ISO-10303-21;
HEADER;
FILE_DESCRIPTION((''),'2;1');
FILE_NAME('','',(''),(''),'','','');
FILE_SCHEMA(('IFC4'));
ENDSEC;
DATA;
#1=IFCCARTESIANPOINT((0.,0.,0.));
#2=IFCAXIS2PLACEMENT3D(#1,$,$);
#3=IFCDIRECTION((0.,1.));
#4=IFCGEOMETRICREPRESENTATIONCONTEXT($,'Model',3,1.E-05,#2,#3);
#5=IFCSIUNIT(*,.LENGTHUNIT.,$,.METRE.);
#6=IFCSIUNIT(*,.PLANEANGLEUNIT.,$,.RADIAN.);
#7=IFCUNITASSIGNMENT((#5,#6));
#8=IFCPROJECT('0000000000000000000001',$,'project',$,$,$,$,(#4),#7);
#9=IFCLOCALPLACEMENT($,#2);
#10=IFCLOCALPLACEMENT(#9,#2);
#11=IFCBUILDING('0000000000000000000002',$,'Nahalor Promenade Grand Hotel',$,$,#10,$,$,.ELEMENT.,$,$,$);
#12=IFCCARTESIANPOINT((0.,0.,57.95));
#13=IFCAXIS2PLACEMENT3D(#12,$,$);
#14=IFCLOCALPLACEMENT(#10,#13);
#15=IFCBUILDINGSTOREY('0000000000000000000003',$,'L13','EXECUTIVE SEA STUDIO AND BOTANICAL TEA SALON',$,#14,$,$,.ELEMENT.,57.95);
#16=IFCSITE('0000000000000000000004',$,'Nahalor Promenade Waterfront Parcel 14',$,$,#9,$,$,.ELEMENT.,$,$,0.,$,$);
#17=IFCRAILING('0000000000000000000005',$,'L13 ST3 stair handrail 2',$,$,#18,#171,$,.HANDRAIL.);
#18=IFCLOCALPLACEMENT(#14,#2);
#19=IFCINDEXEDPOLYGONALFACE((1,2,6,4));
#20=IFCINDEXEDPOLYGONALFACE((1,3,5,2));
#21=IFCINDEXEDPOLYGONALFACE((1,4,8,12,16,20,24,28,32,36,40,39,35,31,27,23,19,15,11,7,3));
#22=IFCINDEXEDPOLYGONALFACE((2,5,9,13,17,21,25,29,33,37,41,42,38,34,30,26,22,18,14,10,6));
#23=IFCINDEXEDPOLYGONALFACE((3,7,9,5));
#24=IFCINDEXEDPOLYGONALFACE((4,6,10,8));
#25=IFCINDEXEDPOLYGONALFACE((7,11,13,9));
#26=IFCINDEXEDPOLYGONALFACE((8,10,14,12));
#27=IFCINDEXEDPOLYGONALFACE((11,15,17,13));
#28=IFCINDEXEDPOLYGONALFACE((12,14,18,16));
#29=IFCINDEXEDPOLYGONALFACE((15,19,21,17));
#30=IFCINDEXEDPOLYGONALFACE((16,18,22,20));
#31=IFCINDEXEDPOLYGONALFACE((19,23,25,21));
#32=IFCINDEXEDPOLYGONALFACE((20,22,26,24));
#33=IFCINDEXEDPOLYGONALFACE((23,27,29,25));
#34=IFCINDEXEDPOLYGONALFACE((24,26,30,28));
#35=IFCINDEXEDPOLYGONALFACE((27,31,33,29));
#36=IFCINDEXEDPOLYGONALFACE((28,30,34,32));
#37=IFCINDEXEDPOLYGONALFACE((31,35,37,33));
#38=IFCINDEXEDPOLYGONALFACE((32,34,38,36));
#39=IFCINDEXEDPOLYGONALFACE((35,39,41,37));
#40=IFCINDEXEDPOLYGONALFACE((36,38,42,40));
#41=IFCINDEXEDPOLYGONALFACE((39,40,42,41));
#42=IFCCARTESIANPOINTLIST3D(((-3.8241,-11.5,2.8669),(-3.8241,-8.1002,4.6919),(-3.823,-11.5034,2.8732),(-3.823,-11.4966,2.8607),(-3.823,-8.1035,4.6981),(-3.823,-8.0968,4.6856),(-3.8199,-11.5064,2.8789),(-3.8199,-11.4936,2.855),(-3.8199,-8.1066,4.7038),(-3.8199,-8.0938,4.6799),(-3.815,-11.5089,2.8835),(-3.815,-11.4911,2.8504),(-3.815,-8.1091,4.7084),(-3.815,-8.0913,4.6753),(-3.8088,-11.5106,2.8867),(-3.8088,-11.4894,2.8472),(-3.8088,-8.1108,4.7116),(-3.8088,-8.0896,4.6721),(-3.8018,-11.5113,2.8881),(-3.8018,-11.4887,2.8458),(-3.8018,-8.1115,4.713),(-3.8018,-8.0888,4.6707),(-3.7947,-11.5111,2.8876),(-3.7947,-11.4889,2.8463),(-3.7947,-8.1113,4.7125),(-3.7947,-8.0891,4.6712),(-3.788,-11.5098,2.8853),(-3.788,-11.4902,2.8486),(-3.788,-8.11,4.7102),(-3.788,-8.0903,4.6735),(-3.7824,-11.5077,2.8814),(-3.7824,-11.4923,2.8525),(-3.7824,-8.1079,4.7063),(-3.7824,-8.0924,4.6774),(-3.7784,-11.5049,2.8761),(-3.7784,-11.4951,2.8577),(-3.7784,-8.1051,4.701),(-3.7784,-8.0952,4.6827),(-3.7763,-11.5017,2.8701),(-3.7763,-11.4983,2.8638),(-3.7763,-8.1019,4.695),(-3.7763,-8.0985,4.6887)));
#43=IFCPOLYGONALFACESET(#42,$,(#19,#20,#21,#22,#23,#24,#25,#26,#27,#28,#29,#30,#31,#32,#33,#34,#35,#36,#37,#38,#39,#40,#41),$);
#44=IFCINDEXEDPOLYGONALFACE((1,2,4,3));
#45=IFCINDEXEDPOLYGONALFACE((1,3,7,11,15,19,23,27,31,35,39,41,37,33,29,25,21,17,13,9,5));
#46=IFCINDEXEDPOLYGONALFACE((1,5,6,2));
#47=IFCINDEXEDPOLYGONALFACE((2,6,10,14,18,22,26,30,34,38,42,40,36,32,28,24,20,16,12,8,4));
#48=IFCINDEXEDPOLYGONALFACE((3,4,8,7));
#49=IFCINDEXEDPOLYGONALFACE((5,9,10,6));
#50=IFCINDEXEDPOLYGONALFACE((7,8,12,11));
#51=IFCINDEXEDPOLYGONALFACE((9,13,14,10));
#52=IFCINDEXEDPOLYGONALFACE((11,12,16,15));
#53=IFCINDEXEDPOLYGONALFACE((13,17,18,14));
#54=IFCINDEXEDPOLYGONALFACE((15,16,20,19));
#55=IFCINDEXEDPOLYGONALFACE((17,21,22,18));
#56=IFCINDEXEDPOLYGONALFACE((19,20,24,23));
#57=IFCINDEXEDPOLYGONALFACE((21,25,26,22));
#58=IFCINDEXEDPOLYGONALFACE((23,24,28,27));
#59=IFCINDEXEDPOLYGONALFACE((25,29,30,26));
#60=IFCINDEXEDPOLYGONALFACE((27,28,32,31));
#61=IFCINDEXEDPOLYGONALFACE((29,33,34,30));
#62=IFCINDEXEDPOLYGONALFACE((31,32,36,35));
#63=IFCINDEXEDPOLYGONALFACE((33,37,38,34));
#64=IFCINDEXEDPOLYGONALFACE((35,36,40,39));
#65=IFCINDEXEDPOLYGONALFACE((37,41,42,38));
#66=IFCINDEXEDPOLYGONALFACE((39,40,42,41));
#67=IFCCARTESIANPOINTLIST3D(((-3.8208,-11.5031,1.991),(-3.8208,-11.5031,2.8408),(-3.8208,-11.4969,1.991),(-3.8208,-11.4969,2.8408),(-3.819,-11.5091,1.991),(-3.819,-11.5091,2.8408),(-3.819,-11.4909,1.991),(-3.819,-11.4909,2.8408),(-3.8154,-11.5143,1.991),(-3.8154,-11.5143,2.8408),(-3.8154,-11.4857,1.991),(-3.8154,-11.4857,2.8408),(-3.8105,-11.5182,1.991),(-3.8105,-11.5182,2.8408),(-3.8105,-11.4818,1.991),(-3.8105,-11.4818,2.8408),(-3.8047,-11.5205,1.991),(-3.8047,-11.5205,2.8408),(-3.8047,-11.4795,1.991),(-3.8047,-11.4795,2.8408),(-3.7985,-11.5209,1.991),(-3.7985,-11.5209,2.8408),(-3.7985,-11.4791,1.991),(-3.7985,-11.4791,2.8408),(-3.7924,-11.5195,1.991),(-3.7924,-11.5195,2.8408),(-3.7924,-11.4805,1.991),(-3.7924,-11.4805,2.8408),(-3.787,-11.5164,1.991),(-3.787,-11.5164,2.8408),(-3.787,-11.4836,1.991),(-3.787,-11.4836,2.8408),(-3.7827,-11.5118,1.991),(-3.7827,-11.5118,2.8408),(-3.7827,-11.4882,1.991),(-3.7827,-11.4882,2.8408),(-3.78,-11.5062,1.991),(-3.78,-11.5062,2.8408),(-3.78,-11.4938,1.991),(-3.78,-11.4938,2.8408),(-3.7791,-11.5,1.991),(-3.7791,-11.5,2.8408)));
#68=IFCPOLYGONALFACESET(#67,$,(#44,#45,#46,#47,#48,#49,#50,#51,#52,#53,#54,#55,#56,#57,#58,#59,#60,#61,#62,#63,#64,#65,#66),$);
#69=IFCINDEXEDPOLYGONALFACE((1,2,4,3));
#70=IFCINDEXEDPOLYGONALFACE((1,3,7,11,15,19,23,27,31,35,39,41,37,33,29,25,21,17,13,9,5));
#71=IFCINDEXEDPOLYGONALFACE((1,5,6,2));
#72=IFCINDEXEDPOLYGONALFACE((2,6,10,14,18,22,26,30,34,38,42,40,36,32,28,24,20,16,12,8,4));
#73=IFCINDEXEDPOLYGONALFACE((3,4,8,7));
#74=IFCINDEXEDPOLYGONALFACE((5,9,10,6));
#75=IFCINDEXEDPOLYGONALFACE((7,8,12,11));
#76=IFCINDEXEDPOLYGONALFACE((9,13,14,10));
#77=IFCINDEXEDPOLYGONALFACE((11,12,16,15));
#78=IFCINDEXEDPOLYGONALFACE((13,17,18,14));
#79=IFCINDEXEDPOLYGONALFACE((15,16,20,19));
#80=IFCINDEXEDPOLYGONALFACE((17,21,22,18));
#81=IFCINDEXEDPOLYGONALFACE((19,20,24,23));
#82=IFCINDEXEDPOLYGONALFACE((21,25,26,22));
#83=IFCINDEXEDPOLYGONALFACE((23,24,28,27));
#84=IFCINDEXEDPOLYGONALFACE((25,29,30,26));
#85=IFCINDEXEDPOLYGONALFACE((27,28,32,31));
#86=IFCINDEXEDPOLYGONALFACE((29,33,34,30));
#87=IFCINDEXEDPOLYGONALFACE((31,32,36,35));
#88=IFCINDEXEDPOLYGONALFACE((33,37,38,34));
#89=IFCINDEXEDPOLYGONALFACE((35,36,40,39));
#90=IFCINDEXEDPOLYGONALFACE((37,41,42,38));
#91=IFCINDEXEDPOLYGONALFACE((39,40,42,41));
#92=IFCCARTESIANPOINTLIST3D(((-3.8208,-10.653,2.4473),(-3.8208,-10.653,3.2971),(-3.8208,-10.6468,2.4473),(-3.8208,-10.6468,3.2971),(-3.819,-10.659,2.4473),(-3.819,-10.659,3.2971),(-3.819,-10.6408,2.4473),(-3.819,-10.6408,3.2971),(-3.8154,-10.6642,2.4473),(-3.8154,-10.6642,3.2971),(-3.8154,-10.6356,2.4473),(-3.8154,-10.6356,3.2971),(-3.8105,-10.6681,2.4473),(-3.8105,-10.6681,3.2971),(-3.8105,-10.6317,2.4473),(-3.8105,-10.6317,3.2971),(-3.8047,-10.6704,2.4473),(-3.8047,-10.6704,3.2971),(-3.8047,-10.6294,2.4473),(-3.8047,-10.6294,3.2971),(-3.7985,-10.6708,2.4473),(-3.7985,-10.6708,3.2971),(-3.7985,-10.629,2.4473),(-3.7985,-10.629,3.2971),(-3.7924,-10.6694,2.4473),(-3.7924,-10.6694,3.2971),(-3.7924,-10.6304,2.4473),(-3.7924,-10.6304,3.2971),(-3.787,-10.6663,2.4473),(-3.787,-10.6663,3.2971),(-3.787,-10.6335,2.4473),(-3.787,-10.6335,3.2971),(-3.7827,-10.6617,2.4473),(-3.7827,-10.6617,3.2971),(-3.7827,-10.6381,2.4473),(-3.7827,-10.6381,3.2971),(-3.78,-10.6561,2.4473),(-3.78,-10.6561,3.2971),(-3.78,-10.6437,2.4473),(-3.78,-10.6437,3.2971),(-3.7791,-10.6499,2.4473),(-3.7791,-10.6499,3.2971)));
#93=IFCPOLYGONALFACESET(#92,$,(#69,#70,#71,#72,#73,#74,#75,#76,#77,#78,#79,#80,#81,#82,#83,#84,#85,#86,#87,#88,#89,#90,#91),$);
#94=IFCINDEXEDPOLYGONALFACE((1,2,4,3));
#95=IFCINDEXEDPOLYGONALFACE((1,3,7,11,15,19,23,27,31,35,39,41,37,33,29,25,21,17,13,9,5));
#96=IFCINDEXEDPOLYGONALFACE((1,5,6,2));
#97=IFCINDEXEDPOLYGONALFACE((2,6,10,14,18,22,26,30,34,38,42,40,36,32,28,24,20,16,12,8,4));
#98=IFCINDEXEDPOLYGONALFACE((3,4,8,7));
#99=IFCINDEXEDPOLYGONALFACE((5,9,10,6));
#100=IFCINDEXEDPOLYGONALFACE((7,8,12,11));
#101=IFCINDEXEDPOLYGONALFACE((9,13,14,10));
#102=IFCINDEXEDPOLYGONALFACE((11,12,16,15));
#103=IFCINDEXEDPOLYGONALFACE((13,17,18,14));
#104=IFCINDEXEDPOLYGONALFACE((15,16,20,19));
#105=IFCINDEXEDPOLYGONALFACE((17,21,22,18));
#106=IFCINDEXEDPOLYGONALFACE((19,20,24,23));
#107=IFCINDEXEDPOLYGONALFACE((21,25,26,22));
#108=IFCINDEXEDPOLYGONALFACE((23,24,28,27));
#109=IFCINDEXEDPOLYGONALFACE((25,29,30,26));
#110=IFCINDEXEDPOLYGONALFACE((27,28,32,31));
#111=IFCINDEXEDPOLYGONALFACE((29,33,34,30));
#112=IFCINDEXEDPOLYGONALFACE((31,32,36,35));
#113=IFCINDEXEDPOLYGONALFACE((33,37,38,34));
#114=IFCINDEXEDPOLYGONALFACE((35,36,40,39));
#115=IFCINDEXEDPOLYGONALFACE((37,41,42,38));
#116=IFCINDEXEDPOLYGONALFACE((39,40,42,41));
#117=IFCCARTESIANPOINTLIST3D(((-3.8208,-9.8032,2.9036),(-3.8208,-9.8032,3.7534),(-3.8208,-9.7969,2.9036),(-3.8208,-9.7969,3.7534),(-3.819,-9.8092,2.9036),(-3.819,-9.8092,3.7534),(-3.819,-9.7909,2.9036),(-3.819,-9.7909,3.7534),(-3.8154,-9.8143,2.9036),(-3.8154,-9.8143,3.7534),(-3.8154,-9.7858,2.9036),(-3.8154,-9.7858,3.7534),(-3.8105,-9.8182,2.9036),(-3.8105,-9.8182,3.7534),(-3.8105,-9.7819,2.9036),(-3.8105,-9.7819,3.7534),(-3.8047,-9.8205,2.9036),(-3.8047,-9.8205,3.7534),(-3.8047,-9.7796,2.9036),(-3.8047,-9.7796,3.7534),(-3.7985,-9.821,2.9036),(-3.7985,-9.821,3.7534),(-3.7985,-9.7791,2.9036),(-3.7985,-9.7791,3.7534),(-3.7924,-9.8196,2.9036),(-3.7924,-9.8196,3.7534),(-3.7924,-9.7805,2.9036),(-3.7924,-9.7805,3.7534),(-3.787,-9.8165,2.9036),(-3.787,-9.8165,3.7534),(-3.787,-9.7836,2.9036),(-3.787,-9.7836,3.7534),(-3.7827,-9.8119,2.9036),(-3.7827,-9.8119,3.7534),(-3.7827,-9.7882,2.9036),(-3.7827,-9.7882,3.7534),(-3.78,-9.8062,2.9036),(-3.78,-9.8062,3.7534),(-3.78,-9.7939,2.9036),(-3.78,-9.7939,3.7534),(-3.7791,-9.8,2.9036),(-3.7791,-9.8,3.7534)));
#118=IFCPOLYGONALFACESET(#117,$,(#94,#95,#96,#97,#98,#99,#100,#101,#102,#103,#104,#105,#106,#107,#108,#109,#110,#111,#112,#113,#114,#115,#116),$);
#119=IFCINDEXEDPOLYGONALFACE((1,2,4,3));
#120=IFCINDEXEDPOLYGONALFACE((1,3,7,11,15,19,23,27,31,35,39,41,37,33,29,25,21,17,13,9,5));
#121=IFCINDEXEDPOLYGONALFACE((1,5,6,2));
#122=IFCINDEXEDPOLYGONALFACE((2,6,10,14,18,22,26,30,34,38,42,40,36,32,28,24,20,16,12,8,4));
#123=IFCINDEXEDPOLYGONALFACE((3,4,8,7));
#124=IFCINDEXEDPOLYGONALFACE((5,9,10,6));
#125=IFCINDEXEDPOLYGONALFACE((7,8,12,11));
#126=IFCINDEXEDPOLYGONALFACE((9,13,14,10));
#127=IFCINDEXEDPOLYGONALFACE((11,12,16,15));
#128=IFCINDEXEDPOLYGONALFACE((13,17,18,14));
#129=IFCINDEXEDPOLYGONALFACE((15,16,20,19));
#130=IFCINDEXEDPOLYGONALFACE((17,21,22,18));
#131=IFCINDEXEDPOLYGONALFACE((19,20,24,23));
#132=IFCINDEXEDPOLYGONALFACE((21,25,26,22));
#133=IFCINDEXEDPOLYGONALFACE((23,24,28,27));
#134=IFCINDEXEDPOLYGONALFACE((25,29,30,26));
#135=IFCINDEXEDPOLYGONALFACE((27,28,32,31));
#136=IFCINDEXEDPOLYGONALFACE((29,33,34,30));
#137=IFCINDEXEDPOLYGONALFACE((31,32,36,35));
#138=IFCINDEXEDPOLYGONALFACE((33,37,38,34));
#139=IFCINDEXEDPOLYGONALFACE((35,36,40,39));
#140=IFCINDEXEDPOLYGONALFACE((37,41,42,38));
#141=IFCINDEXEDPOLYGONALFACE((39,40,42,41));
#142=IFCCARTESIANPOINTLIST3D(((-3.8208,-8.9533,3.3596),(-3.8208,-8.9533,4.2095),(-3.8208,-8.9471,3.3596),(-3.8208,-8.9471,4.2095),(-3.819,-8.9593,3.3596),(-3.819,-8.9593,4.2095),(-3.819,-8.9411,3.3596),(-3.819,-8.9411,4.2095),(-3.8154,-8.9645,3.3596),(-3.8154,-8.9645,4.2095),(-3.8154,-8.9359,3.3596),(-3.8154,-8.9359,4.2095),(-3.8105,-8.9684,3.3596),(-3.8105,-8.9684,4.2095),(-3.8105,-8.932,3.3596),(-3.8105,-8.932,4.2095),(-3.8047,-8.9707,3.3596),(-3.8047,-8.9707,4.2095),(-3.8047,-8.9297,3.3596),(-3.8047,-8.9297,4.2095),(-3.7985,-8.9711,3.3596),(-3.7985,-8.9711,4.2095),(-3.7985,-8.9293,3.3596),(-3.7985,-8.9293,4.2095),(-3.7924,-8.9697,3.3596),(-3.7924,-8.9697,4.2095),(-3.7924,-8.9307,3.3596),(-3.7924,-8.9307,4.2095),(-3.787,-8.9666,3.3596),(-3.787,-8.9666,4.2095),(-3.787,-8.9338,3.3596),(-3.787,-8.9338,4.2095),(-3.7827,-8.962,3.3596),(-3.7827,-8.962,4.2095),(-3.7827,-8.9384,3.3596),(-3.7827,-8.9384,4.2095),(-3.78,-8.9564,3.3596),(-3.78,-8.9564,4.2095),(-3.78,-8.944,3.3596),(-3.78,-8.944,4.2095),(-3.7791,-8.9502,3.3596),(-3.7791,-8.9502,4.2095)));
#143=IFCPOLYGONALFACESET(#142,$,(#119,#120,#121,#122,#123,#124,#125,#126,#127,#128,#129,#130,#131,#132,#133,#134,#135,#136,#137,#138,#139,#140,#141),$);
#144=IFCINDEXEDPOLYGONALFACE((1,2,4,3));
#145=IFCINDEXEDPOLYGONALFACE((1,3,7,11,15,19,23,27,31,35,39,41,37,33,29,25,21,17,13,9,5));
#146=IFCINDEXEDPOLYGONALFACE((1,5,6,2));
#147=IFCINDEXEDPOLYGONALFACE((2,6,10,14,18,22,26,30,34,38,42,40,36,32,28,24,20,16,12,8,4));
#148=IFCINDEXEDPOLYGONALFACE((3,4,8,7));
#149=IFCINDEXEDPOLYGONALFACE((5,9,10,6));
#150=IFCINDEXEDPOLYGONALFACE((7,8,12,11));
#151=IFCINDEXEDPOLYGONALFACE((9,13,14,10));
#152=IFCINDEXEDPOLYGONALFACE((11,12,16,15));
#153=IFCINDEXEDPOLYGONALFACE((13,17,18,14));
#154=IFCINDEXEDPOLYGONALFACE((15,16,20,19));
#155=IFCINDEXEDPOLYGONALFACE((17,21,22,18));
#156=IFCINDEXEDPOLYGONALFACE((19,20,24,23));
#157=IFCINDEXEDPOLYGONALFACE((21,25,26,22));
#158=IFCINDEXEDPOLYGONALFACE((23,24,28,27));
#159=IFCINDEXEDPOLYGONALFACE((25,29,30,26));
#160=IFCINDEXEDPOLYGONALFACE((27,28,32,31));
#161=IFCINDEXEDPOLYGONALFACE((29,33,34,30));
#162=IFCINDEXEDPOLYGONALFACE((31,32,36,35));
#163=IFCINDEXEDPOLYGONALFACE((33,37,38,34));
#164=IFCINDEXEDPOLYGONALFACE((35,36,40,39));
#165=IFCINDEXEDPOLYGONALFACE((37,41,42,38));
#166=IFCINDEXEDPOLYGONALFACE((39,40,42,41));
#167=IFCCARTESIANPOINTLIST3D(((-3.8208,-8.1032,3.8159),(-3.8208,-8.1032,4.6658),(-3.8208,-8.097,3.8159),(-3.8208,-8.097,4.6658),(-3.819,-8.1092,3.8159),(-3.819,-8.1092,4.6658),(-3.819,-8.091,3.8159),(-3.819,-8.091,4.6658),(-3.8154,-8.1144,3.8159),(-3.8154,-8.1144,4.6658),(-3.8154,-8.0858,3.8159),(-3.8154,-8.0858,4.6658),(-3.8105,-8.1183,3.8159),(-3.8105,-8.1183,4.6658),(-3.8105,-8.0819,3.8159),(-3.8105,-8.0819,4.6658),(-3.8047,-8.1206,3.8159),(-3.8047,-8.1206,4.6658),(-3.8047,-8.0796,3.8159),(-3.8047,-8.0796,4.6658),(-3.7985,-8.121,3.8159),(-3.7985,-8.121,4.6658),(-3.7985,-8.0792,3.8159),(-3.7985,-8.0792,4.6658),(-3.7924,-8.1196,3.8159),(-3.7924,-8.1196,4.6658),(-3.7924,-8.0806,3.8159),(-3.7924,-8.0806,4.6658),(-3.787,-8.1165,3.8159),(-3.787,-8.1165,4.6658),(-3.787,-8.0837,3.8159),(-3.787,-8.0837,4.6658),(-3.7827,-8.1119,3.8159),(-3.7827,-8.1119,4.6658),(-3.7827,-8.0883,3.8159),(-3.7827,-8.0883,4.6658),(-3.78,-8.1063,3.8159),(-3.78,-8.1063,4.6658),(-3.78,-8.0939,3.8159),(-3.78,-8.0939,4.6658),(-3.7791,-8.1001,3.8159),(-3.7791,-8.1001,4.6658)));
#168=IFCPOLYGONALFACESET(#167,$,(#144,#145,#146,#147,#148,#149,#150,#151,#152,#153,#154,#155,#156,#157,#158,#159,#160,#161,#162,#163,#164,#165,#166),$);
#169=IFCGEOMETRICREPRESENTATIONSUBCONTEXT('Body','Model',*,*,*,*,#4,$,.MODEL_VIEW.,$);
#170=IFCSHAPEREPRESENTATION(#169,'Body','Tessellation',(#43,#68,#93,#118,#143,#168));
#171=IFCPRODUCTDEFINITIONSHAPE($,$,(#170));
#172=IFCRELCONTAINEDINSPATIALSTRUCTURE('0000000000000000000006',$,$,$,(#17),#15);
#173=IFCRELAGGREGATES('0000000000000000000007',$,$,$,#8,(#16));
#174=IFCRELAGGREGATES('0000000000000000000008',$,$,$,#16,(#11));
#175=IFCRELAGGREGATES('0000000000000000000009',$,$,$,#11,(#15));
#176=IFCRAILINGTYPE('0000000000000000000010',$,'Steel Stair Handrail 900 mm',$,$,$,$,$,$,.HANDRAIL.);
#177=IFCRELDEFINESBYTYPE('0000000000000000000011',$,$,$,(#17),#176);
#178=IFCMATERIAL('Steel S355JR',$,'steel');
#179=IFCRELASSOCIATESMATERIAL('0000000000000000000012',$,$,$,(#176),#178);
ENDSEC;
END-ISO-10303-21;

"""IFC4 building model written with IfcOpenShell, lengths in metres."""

from ifc_helpers import new_model, si_unit, direction, frame, origin, origin_2d, place, context, subcontext, project, spatial, circle, extrude, material, type_object, element, save


model = new_model("IFC4")

# Units and contexts
model_context = context("Model", 3, precision=1e-05, world=origin(), true_north=direction((0.0, 1.0)))
body_context = subcontext(model_context, "Body", "Model", "MODEL_VIEW")
ifc_project = project(units=[si_unit("LENGTHUNIT", "METRE"), si_unit("PLANEANGLEUNIT", "RADIAN")], contexts=[model_context])

# Site, building, storey
site_placement = place(None, origin())
site = spatial("IfcSite", under=ifc_project, at=site_placement, Name="Nahalor Promenade Waterfront Parcel 14", CompositionType="ELEMENT", RefElevation=0.0)
building_placement = place(site_placement, origin())
building = spatial("IfcBuilding", under=site, at=building_placement, Name="Nahalor Promenade Grand Hotel", CompositionType="ELEMENT")
storey_placement = place(building_placement, frame((0.0, 0.0, 57.95)))
storey = spatial("IfcBuildingStorey", under=building, at=storey_placement, Name="L13", Description="EXECUTIVE SEA STUDIO AND BOTANICAL TEA SALON", CompositionType="ELEMENT", Elevation=57.95)

# Shared definitions
ifc_material_1 = material(Name="Steel S355JR", Category="steel")

# Railing
railing_type_1 = type_object("IfcRailingType", Name="Steel Stair Handrail 900 mm", PredefinedType="HANDRAIL", material=ifc_material_1)
railing_1_placement = place(storey_placement, frame((-3.8, -11.5, 1.991)))
element("IfcRailing", 1, at=railing_1_placement, inside=storey, type_object=railing_type_1, Name="L13 ST3 stair handrail 2", PredefinedType="HANDRAIL", context=body_context, shape_type="SweptSolid", body=[
    extrude(circle(Radius=0.024, at=origin_2d()), frame((0.0, 0.0, 0.876), z_axis=(0.0, 0.881094, 0.472941), x_axis=(-1.0, 0.0, 0.0)), (0.0, 0.0, 1.0), 3.8586),
    extrude(circle(Radius=0.021, at=origin_2d()), origin(), (0.0, 0.0, 1.0), 0.8499),
    extrude(circle(Radius=0.021, at=origin_2d()), frame((0.0, 0.8501, 0.4563)), (0.0, 0.0, 1.0), 0.8499),
    extrude(circle(Radius=0.021, at=origin_2d()), frame((0.0, 1.7, 0.9126)), (0.0, 0.0, 1.0), 0.8499),
    extrude(circle(Radius=0.021, at=origin_2d()), frame((0.0, 2.5498, 1.3687)), (0.0, 0.0, 1.0), 0.8499),
    extrude(circle(Radius=0.021, at=origin_2d()), frame((0.0, 3.3999, 1.825)), (0.0, 0.0, 1.0), 0.8499),
])

save(model, "model.ifc")
